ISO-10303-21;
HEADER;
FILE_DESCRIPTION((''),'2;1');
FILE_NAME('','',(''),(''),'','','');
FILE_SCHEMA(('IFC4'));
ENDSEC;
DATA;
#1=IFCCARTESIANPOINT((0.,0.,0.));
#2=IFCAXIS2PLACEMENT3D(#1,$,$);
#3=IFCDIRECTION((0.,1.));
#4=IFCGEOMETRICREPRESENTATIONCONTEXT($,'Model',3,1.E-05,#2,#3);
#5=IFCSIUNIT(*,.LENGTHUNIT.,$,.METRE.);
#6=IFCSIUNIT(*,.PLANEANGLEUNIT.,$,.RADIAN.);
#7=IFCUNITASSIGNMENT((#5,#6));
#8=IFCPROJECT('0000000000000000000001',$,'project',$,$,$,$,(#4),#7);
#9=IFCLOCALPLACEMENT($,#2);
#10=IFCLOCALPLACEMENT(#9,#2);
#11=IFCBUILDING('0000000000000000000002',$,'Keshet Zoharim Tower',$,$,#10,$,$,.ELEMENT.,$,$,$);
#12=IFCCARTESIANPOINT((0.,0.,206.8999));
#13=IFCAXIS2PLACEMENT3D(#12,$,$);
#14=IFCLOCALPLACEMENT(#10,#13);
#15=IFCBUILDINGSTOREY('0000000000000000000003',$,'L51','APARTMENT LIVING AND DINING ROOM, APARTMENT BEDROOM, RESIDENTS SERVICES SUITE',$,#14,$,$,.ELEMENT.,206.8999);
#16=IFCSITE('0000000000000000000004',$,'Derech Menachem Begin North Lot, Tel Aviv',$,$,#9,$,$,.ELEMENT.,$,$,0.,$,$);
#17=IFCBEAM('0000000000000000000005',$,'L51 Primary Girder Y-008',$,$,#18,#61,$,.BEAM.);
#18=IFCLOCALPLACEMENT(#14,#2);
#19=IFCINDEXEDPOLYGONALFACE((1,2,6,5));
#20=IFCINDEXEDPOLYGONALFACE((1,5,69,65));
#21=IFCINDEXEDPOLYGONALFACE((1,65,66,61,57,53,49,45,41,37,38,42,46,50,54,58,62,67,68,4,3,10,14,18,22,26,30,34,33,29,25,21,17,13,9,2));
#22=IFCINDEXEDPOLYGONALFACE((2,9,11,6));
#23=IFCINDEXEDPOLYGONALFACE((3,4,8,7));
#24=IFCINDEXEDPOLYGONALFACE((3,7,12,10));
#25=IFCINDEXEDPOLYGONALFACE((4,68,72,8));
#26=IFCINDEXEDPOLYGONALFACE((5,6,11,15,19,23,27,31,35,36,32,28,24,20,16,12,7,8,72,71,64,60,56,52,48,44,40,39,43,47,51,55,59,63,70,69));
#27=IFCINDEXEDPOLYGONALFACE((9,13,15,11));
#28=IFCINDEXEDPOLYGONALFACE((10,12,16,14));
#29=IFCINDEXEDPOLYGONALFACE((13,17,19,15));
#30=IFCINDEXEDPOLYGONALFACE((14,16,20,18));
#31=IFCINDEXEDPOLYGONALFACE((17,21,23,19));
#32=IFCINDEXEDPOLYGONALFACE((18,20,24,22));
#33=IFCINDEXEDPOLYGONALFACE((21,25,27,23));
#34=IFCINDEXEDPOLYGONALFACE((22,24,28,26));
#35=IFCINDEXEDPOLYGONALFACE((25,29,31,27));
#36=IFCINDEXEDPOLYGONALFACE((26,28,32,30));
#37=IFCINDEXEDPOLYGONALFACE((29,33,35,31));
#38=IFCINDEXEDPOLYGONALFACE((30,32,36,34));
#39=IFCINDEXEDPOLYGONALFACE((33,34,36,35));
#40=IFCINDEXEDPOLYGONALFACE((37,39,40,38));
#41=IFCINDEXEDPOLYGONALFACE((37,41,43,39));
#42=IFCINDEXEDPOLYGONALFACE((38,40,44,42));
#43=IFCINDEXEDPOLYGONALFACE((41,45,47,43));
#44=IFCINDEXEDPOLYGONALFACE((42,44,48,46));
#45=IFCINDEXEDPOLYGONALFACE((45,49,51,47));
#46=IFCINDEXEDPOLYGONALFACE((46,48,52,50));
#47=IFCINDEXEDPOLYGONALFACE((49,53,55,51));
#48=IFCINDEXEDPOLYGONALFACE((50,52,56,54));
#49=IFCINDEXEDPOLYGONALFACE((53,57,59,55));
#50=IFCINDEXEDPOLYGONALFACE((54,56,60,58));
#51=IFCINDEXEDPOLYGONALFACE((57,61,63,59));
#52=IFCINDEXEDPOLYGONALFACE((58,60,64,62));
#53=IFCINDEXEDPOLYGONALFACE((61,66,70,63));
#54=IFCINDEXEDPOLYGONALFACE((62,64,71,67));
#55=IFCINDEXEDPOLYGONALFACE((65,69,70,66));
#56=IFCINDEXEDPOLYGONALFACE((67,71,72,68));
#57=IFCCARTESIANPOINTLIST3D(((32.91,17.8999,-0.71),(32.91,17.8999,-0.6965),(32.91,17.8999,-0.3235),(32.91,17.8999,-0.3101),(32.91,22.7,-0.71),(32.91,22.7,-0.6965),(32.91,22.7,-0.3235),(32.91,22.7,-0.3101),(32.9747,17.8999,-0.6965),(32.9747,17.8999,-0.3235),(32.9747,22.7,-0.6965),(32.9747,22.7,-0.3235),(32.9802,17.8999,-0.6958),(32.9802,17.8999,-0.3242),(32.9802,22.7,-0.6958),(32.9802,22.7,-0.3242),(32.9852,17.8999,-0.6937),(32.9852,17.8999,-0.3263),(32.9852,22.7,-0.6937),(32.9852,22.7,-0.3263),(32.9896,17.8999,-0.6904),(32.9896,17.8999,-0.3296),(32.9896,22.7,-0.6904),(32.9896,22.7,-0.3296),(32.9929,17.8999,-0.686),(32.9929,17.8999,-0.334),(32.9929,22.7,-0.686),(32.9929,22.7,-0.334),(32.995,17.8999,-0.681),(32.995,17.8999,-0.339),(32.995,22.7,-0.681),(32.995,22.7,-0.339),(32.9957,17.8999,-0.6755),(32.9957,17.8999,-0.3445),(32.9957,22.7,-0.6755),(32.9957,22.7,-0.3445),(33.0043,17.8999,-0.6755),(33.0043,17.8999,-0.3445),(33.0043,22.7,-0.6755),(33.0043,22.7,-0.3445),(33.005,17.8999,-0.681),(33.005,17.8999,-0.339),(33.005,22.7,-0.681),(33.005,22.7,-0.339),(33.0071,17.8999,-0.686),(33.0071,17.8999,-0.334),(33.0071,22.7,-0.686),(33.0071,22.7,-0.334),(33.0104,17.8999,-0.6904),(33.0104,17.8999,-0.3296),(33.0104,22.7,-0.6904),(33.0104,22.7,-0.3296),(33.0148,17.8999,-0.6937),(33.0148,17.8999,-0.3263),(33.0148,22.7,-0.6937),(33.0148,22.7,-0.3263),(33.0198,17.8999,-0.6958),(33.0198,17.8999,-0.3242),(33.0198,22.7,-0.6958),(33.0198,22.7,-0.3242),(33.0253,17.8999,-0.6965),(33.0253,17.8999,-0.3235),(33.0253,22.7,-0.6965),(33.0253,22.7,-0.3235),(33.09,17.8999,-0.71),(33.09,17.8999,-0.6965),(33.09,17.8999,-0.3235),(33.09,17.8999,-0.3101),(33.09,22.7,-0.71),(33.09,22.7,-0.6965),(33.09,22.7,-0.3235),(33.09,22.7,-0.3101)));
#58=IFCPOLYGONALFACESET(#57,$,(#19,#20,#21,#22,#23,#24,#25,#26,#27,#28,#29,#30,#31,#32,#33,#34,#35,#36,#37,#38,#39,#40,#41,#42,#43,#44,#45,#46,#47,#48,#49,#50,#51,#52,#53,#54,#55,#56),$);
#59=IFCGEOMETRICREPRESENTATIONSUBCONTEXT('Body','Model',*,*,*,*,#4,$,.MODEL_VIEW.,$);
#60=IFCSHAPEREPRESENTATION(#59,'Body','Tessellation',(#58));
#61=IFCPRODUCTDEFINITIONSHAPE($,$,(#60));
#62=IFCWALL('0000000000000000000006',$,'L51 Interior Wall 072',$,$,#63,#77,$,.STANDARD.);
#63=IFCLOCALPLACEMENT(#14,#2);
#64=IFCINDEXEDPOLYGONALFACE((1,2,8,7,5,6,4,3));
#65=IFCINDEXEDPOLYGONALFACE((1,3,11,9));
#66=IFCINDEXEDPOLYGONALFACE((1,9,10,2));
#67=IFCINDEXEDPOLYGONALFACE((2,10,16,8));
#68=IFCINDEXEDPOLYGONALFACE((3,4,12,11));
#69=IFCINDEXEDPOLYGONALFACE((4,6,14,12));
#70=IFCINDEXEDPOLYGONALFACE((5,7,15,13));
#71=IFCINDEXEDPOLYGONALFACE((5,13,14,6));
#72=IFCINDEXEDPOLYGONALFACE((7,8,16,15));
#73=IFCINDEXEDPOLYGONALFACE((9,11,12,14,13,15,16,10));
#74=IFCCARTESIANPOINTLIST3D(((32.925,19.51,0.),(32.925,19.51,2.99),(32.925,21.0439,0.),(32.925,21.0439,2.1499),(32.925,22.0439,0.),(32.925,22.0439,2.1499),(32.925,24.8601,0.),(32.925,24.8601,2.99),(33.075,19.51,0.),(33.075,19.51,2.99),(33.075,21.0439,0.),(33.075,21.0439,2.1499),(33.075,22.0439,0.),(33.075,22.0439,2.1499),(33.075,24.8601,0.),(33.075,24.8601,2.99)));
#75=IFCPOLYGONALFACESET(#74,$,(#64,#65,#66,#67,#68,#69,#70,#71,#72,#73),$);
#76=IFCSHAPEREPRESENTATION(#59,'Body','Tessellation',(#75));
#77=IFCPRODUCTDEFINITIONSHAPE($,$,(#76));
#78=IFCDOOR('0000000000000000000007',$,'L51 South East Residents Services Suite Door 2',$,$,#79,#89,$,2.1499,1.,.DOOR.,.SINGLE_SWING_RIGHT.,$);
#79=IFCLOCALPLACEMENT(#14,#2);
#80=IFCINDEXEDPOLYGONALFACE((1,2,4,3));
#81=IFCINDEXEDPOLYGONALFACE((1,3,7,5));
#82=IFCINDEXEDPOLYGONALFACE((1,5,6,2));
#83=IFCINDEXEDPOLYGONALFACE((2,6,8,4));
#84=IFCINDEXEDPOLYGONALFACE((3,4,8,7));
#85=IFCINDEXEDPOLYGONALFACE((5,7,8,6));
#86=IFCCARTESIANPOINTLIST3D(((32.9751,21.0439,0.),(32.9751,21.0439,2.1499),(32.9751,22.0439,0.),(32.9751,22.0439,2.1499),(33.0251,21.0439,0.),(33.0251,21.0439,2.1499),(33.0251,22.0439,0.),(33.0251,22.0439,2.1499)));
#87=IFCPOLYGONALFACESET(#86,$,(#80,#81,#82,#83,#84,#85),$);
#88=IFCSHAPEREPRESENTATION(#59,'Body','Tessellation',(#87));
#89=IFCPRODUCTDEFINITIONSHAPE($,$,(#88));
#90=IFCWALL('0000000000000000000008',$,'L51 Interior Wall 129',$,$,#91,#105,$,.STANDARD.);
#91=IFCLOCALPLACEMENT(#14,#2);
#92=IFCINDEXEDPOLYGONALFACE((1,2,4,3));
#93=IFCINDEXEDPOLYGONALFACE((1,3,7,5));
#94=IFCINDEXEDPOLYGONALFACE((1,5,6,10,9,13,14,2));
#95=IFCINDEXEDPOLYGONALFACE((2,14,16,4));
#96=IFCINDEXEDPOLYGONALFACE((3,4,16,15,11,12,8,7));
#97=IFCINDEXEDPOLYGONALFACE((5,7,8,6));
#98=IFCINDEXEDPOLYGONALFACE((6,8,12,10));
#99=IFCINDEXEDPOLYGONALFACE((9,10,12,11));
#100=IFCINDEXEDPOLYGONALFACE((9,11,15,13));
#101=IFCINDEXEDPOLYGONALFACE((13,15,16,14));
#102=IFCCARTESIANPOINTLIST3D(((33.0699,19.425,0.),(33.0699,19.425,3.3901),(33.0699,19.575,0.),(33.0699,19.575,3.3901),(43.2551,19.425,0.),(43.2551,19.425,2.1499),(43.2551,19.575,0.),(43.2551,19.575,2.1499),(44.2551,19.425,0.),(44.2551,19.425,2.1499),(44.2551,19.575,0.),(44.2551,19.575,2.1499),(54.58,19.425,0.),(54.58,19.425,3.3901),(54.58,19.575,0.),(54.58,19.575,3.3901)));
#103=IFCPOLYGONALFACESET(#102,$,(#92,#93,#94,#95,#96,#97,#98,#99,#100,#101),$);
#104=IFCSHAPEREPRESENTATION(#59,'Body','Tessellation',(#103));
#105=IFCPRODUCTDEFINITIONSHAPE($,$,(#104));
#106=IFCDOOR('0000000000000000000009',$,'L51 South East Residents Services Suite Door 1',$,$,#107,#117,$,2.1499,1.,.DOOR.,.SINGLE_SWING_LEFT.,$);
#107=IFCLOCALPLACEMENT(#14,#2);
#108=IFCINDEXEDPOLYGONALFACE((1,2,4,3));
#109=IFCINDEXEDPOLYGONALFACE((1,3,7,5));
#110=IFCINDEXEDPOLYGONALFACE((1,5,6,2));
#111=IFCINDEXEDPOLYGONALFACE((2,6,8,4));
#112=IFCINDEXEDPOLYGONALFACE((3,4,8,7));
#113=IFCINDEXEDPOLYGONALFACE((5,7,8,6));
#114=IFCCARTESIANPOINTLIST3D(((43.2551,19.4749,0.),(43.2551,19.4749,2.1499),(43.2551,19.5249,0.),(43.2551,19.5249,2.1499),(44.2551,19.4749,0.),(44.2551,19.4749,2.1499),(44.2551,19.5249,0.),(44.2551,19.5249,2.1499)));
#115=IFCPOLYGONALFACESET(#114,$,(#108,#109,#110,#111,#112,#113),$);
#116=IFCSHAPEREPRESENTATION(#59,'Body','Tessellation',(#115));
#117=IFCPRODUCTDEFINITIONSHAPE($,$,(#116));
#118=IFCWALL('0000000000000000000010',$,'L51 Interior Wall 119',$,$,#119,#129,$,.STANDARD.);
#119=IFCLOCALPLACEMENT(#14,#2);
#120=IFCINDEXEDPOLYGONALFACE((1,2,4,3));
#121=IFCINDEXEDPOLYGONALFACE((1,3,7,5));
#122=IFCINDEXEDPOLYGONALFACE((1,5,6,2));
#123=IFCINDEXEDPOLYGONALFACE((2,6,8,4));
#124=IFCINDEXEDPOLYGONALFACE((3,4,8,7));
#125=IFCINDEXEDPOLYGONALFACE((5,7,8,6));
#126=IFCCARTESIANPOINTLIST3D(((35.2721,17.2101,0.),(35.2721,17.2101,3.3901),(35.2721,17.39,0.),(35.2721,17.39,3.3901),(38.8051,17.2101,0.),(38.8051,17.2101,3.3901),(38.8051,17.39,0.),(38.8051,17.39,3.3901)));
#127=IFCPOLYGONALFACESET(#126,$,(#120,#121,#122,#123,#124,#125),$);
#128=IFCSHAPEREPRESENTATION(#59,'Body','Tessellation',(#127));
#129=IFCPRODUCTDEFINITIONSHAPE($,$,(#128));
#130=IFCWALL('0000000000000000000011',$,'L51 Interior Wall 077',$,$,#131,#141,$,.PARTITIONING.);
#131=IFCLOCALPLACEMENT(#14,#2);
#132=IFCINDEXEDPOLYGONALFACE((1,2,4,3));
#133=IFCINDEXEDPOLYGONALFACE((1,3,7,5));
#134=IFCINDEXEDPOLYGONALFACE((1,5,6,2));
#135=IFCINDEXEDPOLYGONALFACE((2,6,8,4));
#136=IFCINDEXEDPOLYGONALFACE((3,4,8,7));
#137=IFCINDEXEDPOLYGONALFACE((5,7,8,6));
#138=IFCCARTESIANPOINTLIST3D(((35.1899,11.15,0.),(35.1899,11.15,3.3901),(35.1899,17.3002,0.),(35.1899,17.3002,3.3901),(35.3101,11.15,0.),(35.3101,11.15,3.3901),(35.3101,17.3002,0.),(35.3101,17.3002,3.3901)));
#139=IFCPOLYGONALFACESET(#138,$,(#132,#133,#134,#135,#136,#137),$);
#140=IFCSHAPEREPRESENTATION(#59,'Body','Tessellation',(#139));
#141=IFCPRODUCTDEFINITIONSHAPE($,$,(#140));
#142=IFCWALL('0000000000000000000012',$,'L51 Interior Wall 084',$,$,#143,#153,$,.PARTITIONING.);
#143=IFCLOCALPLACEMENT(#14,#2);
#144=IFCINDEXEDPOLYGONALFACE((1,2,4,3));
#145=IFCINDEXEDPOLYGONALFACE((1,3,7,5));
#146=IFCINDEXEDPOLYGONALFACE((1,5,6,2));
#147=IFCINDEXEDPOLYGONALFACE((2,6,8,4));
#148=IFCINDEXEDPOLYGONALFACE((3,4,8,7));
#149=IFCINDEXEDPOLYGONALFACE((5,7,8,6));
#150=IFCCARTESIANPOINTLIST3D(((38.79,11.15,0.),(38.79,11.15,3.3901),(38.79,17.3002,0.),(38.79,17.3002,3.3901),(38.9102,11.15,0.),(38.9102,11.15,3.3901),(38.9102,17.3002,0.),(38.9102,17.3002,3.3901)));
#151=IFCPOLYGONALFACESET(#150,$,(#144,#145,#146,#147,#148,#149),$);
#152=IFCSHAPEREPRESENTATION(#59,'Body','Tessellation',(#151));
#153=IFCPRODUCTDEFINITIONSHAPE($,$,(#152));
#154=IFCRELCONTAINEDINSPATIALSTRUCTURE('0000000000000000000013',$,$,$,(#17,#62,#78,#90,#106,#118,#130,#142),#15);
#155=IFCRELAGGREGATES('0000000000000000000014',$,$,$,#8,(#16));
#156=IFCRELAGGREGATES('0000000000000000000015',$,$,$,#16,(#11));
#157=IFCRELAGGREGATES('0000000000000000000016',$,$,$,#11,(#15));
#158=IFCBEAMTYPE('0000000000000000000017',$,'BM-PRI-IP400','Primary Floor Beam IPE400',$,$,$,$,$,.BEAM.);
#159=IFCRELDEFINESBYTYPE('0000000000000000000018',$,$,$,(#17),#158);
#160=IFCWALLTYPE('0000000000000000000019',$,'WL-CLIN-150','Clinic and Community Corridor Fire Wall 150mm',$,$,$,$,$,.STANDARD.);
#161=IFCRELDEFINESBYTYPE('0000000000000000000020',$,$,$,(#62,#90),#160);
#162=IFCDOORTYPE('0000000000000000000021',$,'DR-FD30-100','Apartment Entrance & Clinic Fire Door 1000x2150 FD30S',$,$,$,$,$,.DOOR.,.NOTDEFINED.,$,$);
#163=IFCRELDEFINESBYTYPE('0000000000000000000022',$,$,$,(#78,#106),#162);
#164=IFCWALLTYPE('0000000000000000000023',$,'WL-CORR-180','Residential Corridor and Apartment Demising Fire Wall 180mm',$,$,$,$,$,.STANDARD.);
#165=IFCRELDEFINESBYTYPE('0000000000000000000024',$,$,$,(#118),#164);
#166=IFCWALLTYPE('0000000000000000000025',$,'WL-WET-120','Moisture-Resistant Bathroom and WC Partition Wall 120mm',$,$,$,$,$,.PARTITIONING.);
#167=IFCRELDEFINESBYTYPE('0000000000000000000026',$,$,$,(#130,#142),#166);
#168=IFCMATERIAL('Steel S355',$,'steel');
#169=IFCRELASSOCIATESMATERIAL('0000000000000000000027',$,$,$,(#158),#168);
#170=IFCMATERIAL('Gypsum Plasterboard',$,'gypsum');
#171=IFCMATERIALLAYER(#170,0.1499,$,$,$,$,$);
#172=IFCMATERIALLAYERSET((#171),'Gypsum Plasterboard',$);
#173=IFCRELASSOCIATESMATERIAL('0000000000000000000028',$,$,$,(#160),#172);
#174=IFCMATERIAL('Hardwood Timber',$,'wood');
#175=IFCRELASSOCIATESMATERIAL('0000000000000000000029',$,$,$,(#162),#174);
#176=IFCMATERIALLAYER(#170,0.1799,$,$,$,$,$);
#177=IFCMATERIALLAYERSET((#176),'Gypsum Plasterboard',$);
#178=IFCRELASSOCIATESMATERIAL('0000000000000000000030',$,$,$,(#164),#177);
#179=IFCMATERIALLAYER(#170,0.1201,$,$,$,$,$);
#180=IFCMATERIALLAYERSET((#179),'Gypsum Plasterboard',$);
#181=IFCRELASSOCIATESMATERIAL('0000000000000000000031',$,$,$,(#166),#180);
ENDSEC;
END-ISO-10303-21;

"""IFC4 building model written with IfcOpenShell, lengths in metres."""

from ifc_helpers import new_model, si_unit, direction, frame, frame_2d, origin, origin_2d, place, context, subcontext, project, spatial, rectangle, i_section, extrude, material, layer, layer_set, material_profile, profile_set, type_object, element, fill, save


model = new_model("IFC4")

# Units and contexts
model_context = context("Model", 3, precision=1e-05, world=origin(), true_north=direction((0.0, 1.0)))
body_context = subcontext(model_context, "Body", "Model", "MODEL_VIEW")
ifc_project = project(units=[si_unit("LENGTHUNIT", "METRE"), si_unit("PLANEANGLEUNIT", "RADIAN")], contexts=[model_context])

# Site, building, storey
site_placement = place(None, origin())
site = spatial("IfcSite", under=ifc_project, at=site_placement, Name="Derech Menachem Begin North Lot, Tel Aviv", CompositionType="ELEMENT", RefElevation=0.0)
building_placement = place(site_placement, origin())
building = spatial("IfcBuilding", under=site, at=building_placement, Name="Keshet Zoharim Tower", CompositionType="ELEMENT")
storey_placement = place(building_placement, frame((0.0, 0.0, 206.8999)))
storey = spatial("IfcBuildingStorey", under=building, at=storey_placement, Name="L51", Description="APARTMENT LIVING AND DINING ROOM, APARTMENT BEDROOM, RESIDENTS SERVICES SUITE", CompositionType="ELEMENT", Elevation=206.8999)

# Beam
ifc_material_1 = material(Name="Steel S355", Category="steel")
ifc_material_profile_1 = material_profile(ifc_material_1, i_section(OverallWidth=0.1799, OverallDepth=0.3999, WebThickness=0.0085, FlangeThickness=0.0134, FilletRadius=0.021, at=origin_2d()), Name="IPE400")
ifc_profile_set_1 = profile_set([ifc_material_profile_1], Name="Steel S355")
beam_type_1 = type_object("IfcBeamType", Name="BM-PRI-IP400", Description="Primary Floor Beam IPE400", PredefinedType="BEAM", material=ifc_profile_set_1)
beam_1_placement = place(storey_placement, frame((33.0, 17.8999, -0.51), z_axis=(0.0, 1.0, 0.0), x_axis=(-1.0, 0.0, 0.0)))
element("IfcBeam", 1, at=beam_1_placement, inside=storey, type_object=beam_type_1, Name="L51 Primary Girder Y-008", PredefinedType="BEAM", context=body_context, shape_type="SweptSolid", body=[
    extrude(i_section(OverallWidth=0.1799, OverallDepth=0.3999, WebThickness=0.0085, FlangeThickness=0.0134, FilletRadius=0.021, at=origin_2d()), origin(), (0.0, 0.0, 1.0), 4.8),
])

# Walls, openings, doors
ifc_material_2 = material(Name="Gypsum Plasterboard", Category="gypsum")
ifc_layer_1 = layer(ifc_material_2, 0.1499)
ifc_layer_set_1 = layer_set([ifc_layer_1], Name="Gypsum Plasterboard")
wall_type_1 = type_object("IfcWallType", Name="WL-CLIN-150", Description="Clinic and Community Corridor Fire Wall 150mm", PredefinedType="STANDARD", material=ifc_layer_set_1)
wall_1_placement = place(storey_placement, frame((33.0, 19.51, 0.0), z_axis=(0.0, 0.0, 1.0), x_axis=(0.0, 1.0, 0.0)))
wall_1 = element("IfcWall", 2, at=wall_1_placement, inside=storey, type_object=wall_type_1, Name="L51 Interior Wall 072", PredefinedType="STANDARD", context=body_context, shape_type="SweptSolid", body=[
    extrude(rectangle(XDim=5.3501, YDim=0.1499, at=frame_2d((2.675, 0.0))), origin(), (0.0, 0.0, 1.0), 2.99),
])
opening_1_placement = place(wall_1_placement, frame((1.5339, 0.0, 0.0)))
opening_1 = element("IfcOpeningElement", 3, at=opening_1_placement, cuts=wall_1, PredefinedType="OPENING", context=body_context, shape_type="SweptSolid", body=[
    extrude(rectangle(XDim=1.0, YDim=2.1499, at=frame_2d((0.5, 1.075))), frame((0.0, 0.085, 0.0), z_axis=(0.0, -1.0, 0.0), x_axis=(1.0, 0.0, 0.0)), (0.0, 0.0, 1.0), 0.1699),
])
ifc_material_3 = material(Name="Hardwood Timber", Category="wood")
door_type_1 = type_object("IfcDoorType", Name="DR-FD30-100", Description="Apartment Entrance & Clinic Fire Door 1000x2150 FD30S", OperationType="NOTDEFINED", PredefinedType="DOOR", material=ifc_material_3)
door_1_placement = place(opening_1_placement, origin())
door_1 = element("IfcDoor", 4, at=door_1_placement, inside=storey, type_object=door_type_1, Name="L51 South East Residents Services Suite Door 2", OperationType="SINGLE_SWING_RIGHT", OverallHeight=2.1499, OverallWidth=1.0, PredefinedType="DOOR", context=body_context, shape_type="SweptSolid", body=[
    extrude(rectangle(XDim=1.0, YDim=2.1499, at=frame_2d((0.5, 1.075))), frame((0.0, 0.0249, 0.0), z_axis=(0.0, -1.0, 0.0), x_axis=(1.0, 0.0, 0.0)), (0.0, 0.0, 1.0), 0.05),
])
fill(opening_1, door_1)
wall_2_placement = place(storey_placement, frame((33.0701, 19.5, 0.0), z_axis=(0.0, 0.0, 1.0), x_axis=(1.0, 0.0, 0.0)))
wall_2 = element("IfcWall", 5, at=wall_2_placement, inside=storey, type_object=wall_type_1, Name="L51 Interior Wall 129", PredefinedType="STANDARD", context=body_context, shape_type="SweptSolid", body=[
    extrude(rectangle(XDim=21.51, YDim=0.1499, at=frame_2d((10.7549, 0.0))), origin(), (0.0, 0.0, 1.0), 3.3901),
])
opening_2_placement = place(wall_2_placement, frame((10.1851, 0.0, 0.0)))
opening_2 = element("IfcOpeningElement", 6, at=opening_2_placement, cuts=wall_2, PredefinedType="OPENING", context=body_context, shape_type="SweptSolid", body=[
    extrude(rectangle(XDim=1.0, YDim=2.1499, at=frame_2d((0.5, 1.075))), frame((0.0, 0.085, 0.0), z_axis=(0.0, -1.0, 0.0), x_axis=(1.0, 0.0, 0.0)), (0.0, 0.0, 1.0), 0.1699),
])
door_2_placement = place(opening_2_placement, origin())
door_2 = element("IfcDoor", 7, at=door_2_placement, inside=storey, type_object=door_type_1, Name="L51 South East Residents Services Suite Door 1", OperationType="SINGLE_SWING_LEFT", OverallHeight=2.1499, OverallWidth=1.0, PredefinedType="DOOR", context=body_context, shape_type="SweptSolid", body=[
    extrude(rectangle(XDim=1.0, YDim=2.1499, at=frame_2d((0.5, 1.075))), frame((0.0, 0.0249, 0.0), z_axis=(0.0, -1.0, 0.0), x_axis=(1.0, 0.0, 0.0)), (0.0, 0.0, 1.0), 0.05),
])
fill(opening_2, door_2)

# Wall
ifc_layer_2 = layer(ifc_material_2, 0.1799)
ifc_layer_set_2 = layer_set([ifc_layer_2], Name="Gypsum Plasterboard")
wall_type_2 = type_object("IfcWallType", Name="WL-CORR-180", Description="Residential Corridor and Apartment Demising Fire Wall 180mm", PredefinedType="STANDARD", material=ifc_layer_set_2)
wall_3_placement = place(storey_placement, frame((35.272, 17.3, 0.0), z_axis=(0.0, 0.0, 1.0), x_axis=(1.0, 0.0, 0.0)))
element("IfcWall", 8, at=wall_3_placement, inside=storey, type_object=wall_type_2, Name="L51 Interior Wall 119", PredefinedType="STANDARD", context=body_context, shape_type="SweptSolid", body=[
    extrude(rectangle(XDim=3.533, YDim=0.1799, at=frame_2d((1.7666, 0.0))), origin(), (0.0, 0.0, 1.0), 3.3901),
])

# Walls
ifc_layer_3 = layer(ifc_material_2, 0.1201)
ifc_layer_set_3 = layer_set([ifc_layer_3], Name="Gypsum Plasterboard")
wall_type_3 = type_object("IfcWallType", Name="WL-WET-120", Description="Moisture-Resistant Bathroom and WC Partition Wall 120mm", PredefinedType="PARTITIONING", material=ifc_layer_set_3)
for number, where, z_axis, x_axis, name in (
    (9, (35.25, 11.1499, 0.0), (0.0, 0.0, 1.0), (0.0, 1.0, 0.0), "L51 Interior Wall 077"),
    (10, (38.8501, 11.1499, 0.0), (0.0, 0.0, 1.0), (0.0, 1.0, 0.0), "L51 Interior Wall 084"),
):
    element("IfcWall", number, at=place(storey_placement, frame(where, z_axis=z_axis, x_axis=x_axis)), inside=storey, type_object=wall_type_3, Name=name, PredefinedType="PARTITIONING", context=body_context, shape_type="SweptSolid", body=[
        extrude(rectangle(XDim=6.1501, YDim=0.1201, at=frame_2d((3.0752, 0.0))), origin(), (0.0, 0.0, 1.0), 3.3901),
    ])

save(model, "model.ifc")
